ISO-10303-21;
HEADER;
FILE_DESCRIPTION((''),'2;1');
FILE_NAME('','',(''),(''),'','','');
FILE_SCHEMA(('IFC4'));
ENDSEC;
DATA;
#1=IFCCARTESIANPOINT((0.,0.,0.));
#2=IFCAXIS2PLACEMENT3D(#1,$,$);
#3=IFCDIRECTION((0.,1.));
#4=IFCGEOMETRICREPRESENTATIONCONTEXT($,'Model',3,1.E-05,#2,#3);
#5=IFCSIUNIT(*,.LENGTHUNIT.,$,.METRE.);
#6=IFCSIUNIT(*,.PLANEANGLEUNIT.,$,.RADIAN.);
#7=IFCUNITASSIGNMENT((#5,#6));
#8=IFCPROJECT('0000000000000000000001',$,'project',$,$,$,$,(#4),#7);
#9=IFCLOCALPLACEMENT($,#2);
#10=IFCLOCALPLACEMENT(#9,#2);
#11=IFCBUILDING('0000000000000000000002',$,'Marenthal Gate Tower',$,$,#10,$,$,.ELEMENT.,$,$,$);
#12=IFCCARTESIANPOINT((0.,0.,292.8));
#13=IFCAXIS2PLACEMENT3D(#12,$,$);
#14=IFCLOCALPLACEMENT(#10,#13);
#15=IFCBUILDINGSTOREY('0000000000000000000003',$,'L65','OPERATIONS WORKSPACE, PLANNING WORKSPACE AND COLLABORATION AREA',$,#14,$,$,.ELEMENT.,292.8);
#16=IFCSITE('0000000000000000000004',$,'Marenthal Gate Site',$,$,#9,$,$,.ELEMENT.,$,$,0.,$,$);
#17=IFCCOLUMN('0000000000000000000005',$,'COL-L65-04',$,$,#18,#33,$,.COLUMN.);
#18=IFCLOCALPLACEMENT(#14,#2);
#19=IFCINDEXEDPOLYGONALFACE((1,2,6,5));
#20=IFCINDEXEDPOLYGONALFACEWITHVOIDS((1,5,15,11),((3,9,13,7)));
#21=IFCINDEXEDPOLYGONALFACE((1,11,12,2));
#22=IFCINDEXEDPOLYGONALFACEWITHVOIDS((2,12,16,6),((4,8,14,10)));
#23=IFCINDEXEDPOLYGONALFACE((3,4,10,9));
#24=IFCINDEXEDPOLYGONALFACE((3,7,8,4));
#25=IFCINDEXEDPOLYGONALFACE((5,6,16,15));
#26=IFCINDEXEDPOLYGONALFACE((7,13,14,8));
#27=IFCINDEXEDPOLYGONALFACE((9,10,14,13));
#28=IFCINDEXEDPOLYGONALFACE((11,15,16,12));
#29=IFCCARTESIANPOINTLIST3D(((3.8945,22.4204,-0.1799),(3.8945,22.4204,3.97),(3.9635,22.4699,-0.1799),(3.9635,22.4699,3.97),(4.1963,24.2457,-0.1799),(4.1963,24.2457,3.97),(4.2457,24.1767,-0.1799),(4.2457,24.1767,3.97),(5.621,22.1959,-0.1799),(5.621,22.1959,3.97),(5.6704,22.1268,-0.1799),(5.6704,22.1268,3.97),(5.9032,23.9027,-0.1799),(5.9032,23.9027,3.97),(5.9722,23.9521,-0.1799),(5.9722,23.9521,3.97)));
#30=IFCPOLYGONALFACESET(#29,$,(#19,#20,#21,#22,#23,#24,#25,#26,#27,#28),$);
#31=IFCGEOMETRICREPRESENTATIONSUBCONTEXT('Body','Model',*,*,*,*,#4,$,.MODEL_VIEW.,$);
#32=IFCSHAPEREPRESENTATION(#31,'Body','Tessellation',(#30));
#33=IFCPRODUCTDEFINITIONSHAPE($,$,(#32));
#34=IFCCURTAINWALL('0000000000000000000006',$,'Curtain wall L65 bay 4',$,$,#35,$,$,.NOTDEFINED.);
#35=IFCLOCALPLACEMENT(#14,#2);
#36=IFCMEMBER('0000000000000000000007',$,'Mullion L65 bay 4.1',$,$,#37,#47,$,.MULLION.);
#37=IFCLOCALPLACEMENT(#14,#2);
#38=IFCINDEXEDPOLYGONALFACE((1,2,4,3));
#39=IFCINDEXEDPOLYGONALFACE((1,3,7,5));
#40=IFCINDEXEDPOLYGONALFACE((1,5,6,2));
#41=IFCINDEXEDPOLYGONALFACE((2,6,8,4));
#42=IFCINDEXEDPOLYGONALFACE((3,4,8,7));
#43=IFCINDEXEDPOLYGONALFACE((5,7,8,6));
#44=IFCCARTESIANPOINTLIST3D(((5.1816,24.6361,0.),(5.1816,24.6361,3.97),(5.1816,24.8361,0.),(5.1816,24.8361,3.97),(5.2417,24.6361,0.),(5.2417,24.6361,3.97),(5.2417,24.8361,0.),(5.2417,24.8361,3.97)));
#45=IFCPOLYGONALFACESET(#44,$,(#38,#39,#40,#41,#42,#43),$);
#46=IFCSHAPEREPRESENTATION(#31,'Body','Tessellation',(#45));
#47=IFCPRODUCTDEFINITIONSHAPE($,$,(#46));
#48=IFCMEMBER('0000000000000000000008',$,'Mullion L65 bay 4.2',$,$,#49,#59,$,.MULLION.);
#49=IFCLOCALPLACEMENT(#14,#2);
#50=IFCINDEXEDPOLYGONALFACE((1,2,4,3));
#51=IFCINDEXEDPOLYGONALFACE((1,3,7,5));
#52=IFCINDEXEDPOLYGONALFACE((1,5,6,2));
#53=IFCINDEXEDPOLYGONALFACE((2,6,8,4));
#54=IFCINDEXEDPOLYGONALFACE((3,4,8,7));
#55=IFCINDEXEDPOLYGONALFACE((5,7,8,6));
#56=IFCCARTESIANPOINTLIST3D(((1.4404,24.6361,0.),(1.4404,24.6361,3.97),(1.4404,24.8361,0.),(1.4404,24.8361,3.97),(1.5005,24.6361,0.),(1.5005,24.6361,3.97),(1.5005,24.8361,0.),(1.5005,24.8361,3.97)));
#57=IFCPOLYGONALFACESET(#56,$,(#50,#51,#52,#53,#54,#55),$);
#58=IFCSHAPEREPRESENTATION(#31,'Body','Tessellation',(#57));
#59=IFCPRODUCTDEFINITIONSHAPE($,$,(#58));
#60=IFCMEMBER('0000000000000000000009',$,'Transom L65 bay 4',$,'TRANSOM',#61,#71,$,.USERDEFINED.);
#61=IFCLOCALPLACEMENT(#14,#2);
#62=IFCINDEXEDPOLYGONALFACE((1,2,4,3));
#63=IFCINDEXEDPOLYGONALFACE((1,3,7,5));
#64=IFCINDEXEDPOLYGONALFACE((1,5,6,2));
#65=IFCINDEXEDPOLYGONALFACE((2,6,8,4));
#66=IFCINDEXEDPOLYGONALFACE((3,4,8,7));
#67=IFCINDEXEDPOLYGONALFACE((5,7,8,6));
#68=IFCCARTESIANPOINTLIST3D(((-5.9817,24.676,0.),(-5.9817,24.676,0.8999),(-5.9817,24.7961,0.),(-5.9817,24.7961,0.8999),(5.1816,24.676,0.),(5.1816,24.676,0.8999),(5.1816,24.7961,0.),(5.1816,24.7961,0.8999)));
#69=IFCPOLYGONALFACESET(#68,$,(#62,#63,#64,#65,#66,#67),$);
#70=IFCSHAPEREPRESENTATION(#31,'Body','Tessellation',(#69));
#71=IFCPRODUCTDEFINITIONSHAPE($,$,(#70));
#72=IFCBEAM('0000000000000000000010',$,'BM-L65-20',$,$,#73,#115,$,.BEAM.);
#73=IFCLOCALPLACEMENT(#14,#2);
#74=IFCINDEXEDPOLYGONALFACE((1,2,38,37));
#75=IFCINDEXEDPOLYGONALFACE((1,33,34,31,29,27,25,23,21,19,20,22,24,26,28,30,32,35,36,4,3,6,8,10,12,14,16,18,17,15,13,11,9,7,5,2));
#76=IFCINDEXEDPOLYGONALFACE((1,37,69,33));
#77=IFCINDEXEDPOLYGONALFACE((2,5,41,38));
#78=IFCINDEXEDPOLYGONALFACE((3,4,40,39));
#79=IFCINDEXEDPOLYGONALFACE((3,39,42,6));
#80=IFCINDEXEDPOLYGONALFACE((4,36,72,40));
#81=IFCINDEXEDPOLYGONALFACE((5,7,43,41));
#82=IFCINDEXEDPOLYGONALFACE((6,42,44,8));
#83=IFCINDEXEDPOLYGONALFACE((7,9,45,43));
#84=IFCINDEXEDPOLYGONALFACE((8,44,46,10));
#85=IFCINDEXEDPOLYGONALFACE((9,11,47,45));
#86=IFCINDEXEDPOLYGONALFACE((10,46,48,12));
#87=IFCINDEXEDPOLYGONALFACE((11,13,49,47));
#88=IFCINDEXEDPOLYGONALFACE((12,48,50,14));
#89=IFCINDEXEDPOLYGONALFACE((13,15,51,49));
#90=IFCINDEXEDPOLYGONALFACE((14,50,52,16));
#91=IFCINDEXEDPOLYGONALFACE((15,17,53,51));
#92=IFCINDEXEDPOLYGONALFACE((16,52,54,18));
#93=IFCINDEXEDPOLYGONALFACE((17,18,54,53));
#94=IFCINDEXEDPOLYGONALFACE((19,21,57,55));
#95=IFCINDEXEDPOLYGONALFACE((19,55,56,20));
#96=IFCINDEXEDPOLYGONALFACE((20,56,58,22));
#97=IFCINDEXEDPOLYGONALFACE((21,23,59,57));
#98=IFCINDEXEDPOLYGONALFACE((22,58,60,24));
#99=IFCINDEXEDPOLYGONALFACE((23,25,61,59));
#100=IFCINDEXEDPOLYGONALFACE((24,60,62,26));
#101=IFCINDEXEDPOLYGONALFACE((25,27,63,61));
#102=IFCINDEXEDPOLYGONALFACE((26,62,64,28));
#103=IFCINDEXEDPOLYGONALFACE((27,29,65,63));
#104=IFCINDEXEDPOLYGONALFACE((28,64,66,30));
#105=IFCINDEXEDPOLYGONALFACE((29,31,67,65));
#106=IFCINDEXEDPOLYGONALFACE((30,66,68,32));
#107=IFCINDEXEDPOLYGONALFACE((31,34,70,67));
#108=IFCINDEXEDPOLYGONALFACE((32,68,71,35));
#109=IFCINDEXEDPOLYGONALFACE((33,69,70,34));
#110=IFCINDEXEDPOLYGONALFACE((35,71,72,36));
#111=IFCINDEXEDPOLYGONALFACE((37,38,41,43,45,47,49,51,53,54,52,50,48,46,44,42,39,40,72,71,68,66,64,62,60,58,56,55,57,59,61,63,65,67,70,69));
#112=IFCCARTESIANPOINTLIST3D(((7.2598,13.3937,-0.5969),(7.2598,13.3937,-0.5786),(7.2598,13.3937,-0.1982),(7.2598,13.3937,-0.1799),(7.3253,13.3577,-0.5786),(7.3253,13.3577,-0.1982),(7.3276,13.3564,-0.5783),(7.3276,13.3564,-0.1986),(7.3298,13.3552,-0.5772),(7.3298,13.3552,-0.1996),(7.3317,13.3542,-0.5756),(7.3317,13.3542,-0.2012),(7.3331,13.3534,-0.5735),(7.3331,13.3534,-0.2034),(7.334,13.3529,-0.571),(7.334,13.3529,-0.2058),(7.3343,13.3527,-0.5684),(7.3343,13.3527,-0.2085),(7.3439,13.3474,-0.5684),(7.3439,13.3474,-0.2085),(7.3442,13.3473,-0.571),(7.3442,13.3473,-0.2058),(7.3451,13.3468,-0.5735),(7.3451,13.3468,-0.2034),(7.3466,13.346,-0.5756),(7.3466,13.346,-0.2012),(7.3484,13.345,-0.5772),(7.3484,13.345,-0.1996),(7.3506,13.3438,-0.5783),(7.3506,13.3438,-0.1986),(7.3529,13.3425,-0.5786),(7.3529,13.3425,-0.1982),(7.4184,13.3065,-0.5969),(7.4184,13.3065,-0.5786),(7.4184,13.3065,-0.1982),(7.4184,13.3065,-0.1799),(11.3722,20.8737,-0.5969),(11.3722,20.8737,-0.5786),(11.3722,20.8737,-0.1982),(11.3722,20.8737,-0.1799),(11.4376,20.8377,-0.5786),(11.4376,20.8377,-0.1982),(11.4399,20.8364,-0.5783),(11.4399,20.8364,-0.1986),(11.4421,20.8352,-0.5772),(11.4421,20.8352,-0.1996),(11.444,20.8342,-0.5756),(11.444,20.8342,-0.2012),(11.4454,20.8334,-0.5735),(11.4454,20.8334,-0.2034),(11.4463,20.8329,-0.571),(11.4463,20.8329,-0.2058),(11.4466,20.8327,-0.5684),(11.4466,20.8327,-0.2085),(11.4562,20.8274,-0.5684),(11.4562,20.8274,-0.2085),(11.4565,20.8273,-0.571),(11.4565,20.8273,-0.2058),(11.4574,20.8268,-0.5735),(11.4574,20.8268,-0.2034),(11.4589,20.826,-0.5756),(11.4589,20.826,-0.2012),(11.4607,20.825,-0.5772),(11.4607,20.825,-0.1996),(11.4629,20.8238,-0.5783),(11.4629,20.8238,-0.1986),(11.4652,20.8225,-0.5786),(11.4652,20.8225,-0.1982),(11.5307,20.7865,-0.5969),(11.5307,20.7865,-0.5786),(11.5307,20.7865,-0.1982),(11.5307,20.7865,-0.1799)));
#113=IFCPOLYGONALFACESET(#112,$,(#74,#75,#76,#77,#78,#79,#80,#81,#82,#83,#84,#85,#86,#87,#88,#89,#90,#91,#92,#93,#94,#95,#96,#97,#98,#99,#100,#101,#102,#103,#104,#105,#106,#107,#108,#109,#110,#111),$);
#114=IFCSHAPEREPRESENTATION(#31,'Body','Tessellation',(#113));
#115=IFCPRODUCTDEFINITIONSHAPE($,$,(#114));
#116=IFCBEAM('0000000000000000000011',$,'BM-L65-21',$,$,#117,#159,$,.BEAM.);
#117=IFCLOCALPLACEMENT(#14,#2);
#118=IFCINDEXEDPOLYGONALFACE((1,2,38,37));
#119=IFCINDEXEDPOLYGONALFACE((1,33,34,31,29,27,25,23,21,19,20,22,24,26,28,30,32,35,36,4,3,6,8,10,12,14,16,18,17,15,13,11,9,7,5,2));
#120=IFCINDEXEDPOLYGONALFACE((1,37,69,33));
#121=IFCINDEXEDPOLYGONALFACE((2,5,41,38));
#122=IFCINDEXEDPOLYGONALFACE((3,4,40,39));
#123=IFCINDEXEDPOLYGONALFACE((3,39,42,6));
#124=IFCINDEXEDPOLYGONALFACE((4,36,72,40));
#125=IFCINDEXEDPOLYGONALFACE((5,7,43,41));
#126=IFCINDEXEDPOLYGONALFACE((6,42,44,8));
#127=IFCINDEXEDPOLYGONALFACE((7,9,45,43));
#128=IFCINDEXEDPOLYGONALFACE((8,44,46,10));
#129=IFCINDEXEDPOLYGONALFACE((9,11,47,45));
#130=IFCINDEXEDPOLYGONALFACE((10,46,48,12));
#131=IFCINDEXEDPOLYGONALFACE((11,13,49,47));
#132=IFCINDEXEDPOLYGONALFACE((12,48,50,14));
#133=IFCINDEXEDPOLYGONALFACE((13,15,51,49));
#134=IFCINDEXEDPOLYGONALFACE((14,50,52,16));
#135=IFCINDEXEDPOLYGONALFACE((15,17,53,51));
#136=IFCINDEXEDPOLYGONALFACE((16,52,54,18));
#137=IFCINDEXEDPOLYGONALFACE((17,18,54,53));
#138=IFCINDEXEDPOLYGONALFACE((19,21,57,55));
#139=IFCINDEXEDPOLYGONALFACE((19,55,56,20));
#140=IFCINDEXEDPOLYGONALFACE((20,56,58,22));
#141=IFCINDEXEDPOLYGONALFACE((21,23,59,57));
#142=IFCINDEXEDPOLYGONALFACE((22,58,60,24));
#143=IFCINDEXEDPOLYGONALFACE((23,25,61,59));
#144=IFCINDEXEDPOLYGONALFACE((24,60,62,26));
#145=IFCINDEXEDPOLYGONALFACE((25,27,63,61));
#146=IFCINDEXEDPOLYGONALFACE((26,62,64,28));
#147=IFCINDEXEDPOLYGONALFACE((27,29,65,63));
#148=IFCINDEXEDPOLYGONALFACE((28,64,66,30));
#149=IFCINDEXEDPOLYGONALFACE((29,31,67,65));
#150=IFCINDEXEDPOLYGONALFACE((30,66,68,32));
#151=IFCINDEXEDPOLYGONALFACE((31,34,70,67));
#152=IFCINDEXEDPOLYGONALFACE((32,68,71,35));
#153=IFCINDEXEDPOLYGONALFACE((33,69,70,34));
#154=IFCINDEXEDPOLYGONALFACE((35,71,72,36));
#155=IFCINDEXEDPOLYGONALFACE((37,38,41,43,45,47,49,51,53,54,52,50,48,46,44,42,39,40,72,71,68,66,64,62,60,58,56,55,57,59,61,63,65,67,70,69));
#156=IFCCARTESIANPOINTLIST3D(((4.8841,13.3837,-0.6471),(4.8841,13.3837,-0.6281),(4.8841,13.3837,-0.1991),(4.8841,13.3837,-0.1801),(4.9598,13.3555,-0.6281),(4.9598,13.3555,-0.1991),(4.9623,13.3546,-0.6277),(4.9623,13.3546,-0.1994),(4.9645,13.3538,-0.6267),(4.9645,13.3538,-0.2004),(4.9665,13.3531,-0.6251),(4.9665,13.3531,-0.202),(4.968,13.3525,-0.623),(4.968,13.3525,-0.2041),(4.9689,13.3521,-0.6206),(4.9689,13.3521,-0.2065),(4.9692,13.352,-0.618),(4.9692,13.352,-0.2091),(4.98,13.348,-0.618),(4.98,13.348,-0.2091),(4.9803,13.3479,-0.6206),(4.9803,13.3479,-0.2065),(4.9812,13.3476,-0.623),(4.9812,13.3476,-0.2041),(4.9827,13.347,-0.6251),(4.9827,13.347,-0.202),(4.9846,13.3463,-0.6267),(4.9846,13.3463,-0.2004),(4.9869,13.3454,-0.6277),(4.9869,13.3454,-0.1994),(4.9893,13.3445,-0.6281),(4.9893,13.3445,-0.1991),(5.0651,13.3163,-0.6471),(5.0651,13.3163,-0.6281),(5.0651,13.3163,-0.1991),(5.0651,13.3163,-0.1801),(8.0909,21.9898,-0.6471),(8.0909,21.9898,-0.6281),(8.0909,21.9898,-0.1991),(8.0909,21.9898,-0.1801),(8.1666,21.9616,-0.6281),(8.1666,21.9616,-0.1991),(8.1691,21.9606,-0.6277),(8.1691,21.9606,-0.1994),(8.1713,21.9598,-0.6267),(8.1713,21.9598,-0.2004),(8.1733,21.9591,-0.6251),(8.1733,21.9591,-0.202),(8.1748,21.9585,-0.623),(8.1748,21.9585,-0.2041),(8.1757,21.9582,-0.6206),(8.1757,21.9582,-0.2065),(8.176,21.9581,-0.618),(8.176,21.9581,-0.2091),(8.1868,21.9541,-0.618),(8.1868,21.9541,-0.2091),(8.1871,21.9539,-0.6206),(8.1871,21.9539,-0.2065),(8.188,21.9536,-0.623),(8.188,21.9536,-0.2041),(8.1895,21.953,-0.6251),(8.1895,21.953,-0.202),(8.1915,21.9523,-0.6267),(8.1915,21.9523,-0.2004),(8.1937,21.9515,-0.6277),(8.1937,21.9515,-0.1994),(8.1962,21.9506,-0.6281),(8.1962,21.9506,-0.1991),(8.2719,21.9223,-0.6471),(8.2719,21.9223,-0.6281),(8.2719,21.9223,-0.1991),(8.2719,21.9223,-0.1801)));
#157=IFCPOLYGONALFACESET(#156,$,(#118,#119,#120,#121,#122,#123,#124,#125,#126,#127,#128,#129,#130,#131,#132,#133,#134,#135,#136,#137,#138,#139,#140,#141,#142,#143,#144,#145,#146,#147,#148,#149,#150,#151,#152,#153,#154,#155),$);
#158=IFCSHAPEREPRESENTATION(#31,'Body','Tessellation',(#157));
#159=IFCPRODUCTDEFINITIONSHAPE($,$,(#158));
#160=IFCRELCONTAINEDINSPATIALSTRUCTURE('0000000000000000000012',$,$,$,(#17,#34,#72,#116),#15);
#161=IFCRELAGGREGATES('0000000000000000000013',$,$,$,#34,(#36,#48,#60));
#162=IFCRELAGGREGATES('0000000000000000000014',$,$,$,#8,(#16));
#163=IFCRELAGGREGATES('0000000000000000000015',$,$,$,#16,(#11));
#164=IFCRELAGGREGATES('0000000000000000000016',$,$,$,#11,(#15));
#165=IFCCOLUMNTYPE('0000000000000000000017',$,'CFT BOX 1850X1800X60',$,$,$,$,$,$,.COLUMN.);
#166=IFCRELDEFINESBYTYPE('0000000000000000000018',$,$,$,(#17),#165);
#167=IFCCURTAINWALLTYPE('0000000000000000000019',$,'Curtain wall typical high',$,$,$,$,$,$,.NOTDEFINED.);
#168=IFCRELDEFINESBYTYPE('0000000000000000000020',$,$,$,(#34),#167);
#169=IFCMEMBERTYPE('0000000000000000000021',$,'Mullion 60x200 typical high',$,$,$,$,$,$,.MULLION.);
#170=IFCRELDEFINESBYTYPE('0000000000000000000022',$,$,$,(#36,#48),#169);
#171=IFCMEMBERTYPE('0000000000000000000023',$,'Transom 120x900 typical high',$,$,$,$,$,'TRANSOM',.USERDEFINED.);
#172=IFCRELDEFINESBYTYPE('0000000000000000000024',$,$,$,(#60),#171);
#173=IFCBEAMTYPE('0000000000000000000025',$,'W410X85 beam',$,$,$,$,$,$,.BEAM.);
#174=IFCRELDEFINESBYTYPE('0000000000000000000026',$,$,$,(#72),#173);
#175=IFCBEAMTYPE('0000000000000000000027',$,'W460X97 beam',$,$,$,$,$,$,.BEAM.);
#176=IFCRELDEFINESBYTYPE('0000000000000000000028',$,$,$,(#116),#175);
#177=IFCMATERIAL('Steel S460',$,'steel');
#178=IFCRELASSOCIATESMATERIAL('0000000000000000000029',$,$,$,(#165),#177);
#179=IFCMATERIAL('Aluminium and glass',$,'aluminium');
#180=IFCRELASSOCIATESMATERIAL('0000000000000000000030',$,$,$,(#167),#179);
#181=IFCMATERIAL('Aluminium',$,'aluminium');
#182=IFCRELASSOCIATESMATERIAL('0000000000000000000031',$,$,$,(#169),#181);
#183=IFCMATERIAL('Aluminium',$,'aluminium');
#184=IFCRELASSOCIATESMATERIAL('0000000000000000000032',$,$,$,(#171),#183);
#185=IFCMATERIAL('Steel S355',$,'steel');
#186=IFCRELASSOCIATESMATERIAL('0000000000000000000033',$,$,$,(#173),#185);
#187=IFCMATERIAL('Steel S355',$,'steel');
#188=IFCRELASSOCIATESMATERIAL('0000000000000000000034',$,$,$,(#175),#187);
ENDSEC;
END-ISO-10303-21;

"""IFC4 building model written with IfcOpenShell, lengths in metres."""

from ifc_helpers import new_model, si_unit, direction, frame, origin, origin_2d, place, context, subcontext, project, spatial, rectangle, hollow_rectangle, i_section, extrude, material, material_profile, profile_set, type_object, element, aggregate, save


model = new_model("IFC4")

# Units and contexts
model_context = context("Model", 3, precision=1e-05, world=origin(), true_north=direction((0.0, 1.0)))
body_context = subcontext(model_context, "Body", "Model", "MODEL_VIEW")
ifc_project = project(units=[si_unit("LENGTHUNIT", "METRE"), si_unit("PLANEANGLEUNIT", "RADIAN")], contexts=[model_context])

# Site, building, storey
site_placement = place(None, origin())
site = spatial("IfcSite", under=ifc_project, at=site_placement, Name="Marenthal Gate Site", CompositionType="ELEMENT", RefElevation=0.0)
building_placement = place(site_placement, origin())
building = spatial("IfcBuilding", under=site, at=building_placement, Name="Marenthal Gate Tower", CompositionType="ELEMENT")
storey_placement = place(building_placement, frame((0.0, 0.0, 292.8)))
storey = spatial("IfcBuildingStorey", under=building, at=storey_placement, Name="L65", Description="OPERATIONS WORKSPACE, PLANNING WORKSPACE AND COLLABORATION AREA", CompositionType="ELEMENT", Elevation=292.8)

# Column
ifc_material_1 = material(Name="Steel S460", Category="steel")
ifc_material_profile_1 = material_profile(ifc_material_1, hollow_rectangle(XDim=1.8, YDim=1.8501, WallThickness=0.0601, at=origin_2d()), Name="CFT BOX 1850X1800X60")
ifc_material_2 = material(Name="Concrete 70 MPa", Category="concrete")
ifc_material_profile_2 = material_profile(ifc_material_2, rectangle(XDim=1.6799, YDim=1.73, at=origin_2d()), Name="CFT BOX 1850X1800X60 INFILL")
ifc_profile_set_1 = profile_set([ifc_material_profile_1, ifc_material_profile_2], Name="Steel S460 shell, Concrete 70 MPa infill")
column_type = type_object("IfcColumnType", Name="CFT BOX 1850X1800X60", PredefinedType="COLUMN", material=ifc_profile_set_1)
column_placement = place(storey_placement, frame((4.9333, 23.1863, -0.1799), z_axis=(0.0, 0.0, 1.0), x_axis=(0.986606, -0.163119, 0.0)))
element("IfcColumn", 1, at=column_placement, inside=storey, type_object=column_type, Name="COL-L65-04", PredefinedType="COLUMN", context=body_context, shape_type="SweptSolid", body=[
    extrude(hollow_rectangle(XDim=1.8, YDim=1.8501, WallThickness=0.0601, at=origin_2d()), origin(), (0.0, 0.0, 1.0), 4.1499),
])

# Curtain wall, members
ifc_material_3 = material(Name="Aluminium and glass", Category="aluminium")
curtain_wall_type = type_object("IfcCurtainWallType", Name="Curtain wall typical high", PredefinedType="NOTDEFINED", material=ifc_material_3)
curtain_wall_placement = place(storey_placement, origin())
curtain_wall = element("IfcCurtainWall", 2, at=curtain_wall_placement, inside=storey, type_object=curtain_wall_type, Name="Curtain wall L65 bay 4", PredefinedType="NOTDEFINED")
ifc_material_4 = material(Name="Aluminium", Category="aluminium")
ifc_material_profile_3 = material_profile(ifc_material_4, rectangle(XDim=0.2, YDim=0.0601, at=origin_2d()), Name="60x200 aluminium mullion")
ifc_profile_set_2 = profile_set([ifc_material_profile_3], Name="Aluminium")
member_type_1 = type_object("IfcMemberType", Name="Mullion 60x200 typical high", PredefinedType="MULLION", material=ifc_profile_set_2)
member_1_placement = place(storey_placement, frame((5.2117, 24.7361, 0.0), z_axis=(0.0, 0.0, 1.0), x_axis=(0.0, -1.0, 0.0)))
member_1 = element("IfcMember", 3, at=member_1_placement, type_object=member_type_1, Name="Mullion L65 bay 4.1", PredefinedType="MULLION", context=body_context, shape_type="SweptSolid", body=[
    extrude(rectangle(XDim=0.2, YDim=0.0601, at=origin_2d()), origin(), (0.0, 0.0, 1.0), 3.97),
])
member_2_placement = place(storey_placement, frame((1.4705, 24.7361, 0.0), z_axis=(0.0, 0.0, 1.0), x_axis=(0.0, -1.0, 0.0)))
member_2 = element("IfcMember", 4, at=member_2_placement, type_object=member_type_1, Name="Mullion L65 bay 4.2", PredefinedType="MULLION", context=body_context, shape_type="SweptSolid", body=[
    extrude(rectangle(XDim=0.2, YDim=0.0601, at=origin_2d()), origin(), (0.0, 0.0, 1.0), 3.97),
])
ifc_material_5 = material(Name="Aluminium", Category="aluminium")
ifc_material_profile_4 = material_profile(ifc_material_5, rectangle(XDim=0.1201, YDim=0.8999, at=origin_2d()), Name="120x900 aluminium transom")
ifc_profile_set_3 = profile_set([ifc_material_profile_4], Name="Aluminium")
member_type_2 = type_object("IfcMemberType", Name="Transom 120x900 typical high", ElementType="TRANSOM", PredefinedType="USERDEFINED", material=ifc_profile_set_3)
member_3_placement = place(storey_placement, frame((5.1816, 24.7361, 0.45), z_axis=(-1.0, 0.0, 0.0), x_axis=(0.0, -1.0, 0.0)))
member_3 = element("IfcMember", 5, at=member_3_placement, type_object=member_type_2, Name="Transom L65 bay 4", ObjectType="TRANSOM", PredefinedType="USERDEFINED", context=body_context, shape_type="SweptSolid", body=[
    extrude(rectangle(XDim=0.1201, YDim=0.8999, at=origin_2d()), origin(), (0.0, 0.0, 1.0), 11.1633),
])

# Beams
ifc_material_6 = material(Name="Steel S355", Category="steel")
ifc_material_profile_5 = material_profile(ifc_material_6, i_section(OverallWidth=0.1809, OverallDepth=0.417, WebThickness=0.011, FlangeThickness=0.0183, FilletRadius=0.0103, at=origin_2d()), Name="W410X85")
ifc_profile_set_4 = profile_set([ifc_material_profile_5], Name="Steel S355")
beam_type_1 = type_object("IfcBeamType", Name="W410X85 beam", PredefinedType="BEAM", material=ifc_profile_set_4)
beam_1_placement = place(storey_placement, frame((11.4514, 20.8301, -0.3884), z_axis=(-0.481767, -0.876299, 0.0), x_axis=(0.876299, -0.481767, 0.0)))
element("IfcBeam", 6, at=beam_1_placement, inside=storey, type_object=beam_type_1, Name="BM-L65-20", PredefinedType="BEAM", context=body_context, shape_type="SweptSolid", body=[
    extrude(i_section(OverallWidth=0.1809, OverallDepth=0.417, WebThickness=0.011, FlangeThickness=0.0183, FilletRadius=0.0103, at=origin_2d()), origin(), (0.0, 0.0, 1.0), 8.5359),
])
ifc_material_7 = material(Name="Steel S355", Category="steel")
ifc_material_profile_6 = material_profile(ifc_material_7, i_section(OverallWidth=0.1931, OverallDepth=0.467, WebThickness=0.0115, FlangeThickness=0.019, FilletRadius=0.01, at=origin_2d()), Name="W460X97")
ifc_profile_set_5 = profile_set([ifc_material_profile_6], Name="Steel S355")
beam_type_2 = type_object("IfcBeamType", Name="W460X97 beam", PredefinedType="BEAM", material=ifc_profile_set_5)
beam_2_placement = place(storey_placement, frame((8.1814, 21.9561, -0.4136), z_axis=(-0.349171, -0.937059, 0.0), x_axis=(0.937059, -0.349171, 0.0)))
element("IfcBeam", 7, at=beam_2_placement, inside=storey, type_object=beam_type_2, Name="BM-L65-21", PredefinedType="BEAM", context=body_context, shape_type="SweptSolid", body=[
    extrude(i_section(OverallWidth=0.1931, OverallDepth=0.467, WebThickness=0.0115, FlangeThickness=0.019, FilletRadius=0.01, at=origin_2d()), origin(), (0.0, 0.0, 1.0), 9.1841),
])

aggregate(curtain_wall, [member_1, member_2, member_3])

save(model, "model.ifc")
